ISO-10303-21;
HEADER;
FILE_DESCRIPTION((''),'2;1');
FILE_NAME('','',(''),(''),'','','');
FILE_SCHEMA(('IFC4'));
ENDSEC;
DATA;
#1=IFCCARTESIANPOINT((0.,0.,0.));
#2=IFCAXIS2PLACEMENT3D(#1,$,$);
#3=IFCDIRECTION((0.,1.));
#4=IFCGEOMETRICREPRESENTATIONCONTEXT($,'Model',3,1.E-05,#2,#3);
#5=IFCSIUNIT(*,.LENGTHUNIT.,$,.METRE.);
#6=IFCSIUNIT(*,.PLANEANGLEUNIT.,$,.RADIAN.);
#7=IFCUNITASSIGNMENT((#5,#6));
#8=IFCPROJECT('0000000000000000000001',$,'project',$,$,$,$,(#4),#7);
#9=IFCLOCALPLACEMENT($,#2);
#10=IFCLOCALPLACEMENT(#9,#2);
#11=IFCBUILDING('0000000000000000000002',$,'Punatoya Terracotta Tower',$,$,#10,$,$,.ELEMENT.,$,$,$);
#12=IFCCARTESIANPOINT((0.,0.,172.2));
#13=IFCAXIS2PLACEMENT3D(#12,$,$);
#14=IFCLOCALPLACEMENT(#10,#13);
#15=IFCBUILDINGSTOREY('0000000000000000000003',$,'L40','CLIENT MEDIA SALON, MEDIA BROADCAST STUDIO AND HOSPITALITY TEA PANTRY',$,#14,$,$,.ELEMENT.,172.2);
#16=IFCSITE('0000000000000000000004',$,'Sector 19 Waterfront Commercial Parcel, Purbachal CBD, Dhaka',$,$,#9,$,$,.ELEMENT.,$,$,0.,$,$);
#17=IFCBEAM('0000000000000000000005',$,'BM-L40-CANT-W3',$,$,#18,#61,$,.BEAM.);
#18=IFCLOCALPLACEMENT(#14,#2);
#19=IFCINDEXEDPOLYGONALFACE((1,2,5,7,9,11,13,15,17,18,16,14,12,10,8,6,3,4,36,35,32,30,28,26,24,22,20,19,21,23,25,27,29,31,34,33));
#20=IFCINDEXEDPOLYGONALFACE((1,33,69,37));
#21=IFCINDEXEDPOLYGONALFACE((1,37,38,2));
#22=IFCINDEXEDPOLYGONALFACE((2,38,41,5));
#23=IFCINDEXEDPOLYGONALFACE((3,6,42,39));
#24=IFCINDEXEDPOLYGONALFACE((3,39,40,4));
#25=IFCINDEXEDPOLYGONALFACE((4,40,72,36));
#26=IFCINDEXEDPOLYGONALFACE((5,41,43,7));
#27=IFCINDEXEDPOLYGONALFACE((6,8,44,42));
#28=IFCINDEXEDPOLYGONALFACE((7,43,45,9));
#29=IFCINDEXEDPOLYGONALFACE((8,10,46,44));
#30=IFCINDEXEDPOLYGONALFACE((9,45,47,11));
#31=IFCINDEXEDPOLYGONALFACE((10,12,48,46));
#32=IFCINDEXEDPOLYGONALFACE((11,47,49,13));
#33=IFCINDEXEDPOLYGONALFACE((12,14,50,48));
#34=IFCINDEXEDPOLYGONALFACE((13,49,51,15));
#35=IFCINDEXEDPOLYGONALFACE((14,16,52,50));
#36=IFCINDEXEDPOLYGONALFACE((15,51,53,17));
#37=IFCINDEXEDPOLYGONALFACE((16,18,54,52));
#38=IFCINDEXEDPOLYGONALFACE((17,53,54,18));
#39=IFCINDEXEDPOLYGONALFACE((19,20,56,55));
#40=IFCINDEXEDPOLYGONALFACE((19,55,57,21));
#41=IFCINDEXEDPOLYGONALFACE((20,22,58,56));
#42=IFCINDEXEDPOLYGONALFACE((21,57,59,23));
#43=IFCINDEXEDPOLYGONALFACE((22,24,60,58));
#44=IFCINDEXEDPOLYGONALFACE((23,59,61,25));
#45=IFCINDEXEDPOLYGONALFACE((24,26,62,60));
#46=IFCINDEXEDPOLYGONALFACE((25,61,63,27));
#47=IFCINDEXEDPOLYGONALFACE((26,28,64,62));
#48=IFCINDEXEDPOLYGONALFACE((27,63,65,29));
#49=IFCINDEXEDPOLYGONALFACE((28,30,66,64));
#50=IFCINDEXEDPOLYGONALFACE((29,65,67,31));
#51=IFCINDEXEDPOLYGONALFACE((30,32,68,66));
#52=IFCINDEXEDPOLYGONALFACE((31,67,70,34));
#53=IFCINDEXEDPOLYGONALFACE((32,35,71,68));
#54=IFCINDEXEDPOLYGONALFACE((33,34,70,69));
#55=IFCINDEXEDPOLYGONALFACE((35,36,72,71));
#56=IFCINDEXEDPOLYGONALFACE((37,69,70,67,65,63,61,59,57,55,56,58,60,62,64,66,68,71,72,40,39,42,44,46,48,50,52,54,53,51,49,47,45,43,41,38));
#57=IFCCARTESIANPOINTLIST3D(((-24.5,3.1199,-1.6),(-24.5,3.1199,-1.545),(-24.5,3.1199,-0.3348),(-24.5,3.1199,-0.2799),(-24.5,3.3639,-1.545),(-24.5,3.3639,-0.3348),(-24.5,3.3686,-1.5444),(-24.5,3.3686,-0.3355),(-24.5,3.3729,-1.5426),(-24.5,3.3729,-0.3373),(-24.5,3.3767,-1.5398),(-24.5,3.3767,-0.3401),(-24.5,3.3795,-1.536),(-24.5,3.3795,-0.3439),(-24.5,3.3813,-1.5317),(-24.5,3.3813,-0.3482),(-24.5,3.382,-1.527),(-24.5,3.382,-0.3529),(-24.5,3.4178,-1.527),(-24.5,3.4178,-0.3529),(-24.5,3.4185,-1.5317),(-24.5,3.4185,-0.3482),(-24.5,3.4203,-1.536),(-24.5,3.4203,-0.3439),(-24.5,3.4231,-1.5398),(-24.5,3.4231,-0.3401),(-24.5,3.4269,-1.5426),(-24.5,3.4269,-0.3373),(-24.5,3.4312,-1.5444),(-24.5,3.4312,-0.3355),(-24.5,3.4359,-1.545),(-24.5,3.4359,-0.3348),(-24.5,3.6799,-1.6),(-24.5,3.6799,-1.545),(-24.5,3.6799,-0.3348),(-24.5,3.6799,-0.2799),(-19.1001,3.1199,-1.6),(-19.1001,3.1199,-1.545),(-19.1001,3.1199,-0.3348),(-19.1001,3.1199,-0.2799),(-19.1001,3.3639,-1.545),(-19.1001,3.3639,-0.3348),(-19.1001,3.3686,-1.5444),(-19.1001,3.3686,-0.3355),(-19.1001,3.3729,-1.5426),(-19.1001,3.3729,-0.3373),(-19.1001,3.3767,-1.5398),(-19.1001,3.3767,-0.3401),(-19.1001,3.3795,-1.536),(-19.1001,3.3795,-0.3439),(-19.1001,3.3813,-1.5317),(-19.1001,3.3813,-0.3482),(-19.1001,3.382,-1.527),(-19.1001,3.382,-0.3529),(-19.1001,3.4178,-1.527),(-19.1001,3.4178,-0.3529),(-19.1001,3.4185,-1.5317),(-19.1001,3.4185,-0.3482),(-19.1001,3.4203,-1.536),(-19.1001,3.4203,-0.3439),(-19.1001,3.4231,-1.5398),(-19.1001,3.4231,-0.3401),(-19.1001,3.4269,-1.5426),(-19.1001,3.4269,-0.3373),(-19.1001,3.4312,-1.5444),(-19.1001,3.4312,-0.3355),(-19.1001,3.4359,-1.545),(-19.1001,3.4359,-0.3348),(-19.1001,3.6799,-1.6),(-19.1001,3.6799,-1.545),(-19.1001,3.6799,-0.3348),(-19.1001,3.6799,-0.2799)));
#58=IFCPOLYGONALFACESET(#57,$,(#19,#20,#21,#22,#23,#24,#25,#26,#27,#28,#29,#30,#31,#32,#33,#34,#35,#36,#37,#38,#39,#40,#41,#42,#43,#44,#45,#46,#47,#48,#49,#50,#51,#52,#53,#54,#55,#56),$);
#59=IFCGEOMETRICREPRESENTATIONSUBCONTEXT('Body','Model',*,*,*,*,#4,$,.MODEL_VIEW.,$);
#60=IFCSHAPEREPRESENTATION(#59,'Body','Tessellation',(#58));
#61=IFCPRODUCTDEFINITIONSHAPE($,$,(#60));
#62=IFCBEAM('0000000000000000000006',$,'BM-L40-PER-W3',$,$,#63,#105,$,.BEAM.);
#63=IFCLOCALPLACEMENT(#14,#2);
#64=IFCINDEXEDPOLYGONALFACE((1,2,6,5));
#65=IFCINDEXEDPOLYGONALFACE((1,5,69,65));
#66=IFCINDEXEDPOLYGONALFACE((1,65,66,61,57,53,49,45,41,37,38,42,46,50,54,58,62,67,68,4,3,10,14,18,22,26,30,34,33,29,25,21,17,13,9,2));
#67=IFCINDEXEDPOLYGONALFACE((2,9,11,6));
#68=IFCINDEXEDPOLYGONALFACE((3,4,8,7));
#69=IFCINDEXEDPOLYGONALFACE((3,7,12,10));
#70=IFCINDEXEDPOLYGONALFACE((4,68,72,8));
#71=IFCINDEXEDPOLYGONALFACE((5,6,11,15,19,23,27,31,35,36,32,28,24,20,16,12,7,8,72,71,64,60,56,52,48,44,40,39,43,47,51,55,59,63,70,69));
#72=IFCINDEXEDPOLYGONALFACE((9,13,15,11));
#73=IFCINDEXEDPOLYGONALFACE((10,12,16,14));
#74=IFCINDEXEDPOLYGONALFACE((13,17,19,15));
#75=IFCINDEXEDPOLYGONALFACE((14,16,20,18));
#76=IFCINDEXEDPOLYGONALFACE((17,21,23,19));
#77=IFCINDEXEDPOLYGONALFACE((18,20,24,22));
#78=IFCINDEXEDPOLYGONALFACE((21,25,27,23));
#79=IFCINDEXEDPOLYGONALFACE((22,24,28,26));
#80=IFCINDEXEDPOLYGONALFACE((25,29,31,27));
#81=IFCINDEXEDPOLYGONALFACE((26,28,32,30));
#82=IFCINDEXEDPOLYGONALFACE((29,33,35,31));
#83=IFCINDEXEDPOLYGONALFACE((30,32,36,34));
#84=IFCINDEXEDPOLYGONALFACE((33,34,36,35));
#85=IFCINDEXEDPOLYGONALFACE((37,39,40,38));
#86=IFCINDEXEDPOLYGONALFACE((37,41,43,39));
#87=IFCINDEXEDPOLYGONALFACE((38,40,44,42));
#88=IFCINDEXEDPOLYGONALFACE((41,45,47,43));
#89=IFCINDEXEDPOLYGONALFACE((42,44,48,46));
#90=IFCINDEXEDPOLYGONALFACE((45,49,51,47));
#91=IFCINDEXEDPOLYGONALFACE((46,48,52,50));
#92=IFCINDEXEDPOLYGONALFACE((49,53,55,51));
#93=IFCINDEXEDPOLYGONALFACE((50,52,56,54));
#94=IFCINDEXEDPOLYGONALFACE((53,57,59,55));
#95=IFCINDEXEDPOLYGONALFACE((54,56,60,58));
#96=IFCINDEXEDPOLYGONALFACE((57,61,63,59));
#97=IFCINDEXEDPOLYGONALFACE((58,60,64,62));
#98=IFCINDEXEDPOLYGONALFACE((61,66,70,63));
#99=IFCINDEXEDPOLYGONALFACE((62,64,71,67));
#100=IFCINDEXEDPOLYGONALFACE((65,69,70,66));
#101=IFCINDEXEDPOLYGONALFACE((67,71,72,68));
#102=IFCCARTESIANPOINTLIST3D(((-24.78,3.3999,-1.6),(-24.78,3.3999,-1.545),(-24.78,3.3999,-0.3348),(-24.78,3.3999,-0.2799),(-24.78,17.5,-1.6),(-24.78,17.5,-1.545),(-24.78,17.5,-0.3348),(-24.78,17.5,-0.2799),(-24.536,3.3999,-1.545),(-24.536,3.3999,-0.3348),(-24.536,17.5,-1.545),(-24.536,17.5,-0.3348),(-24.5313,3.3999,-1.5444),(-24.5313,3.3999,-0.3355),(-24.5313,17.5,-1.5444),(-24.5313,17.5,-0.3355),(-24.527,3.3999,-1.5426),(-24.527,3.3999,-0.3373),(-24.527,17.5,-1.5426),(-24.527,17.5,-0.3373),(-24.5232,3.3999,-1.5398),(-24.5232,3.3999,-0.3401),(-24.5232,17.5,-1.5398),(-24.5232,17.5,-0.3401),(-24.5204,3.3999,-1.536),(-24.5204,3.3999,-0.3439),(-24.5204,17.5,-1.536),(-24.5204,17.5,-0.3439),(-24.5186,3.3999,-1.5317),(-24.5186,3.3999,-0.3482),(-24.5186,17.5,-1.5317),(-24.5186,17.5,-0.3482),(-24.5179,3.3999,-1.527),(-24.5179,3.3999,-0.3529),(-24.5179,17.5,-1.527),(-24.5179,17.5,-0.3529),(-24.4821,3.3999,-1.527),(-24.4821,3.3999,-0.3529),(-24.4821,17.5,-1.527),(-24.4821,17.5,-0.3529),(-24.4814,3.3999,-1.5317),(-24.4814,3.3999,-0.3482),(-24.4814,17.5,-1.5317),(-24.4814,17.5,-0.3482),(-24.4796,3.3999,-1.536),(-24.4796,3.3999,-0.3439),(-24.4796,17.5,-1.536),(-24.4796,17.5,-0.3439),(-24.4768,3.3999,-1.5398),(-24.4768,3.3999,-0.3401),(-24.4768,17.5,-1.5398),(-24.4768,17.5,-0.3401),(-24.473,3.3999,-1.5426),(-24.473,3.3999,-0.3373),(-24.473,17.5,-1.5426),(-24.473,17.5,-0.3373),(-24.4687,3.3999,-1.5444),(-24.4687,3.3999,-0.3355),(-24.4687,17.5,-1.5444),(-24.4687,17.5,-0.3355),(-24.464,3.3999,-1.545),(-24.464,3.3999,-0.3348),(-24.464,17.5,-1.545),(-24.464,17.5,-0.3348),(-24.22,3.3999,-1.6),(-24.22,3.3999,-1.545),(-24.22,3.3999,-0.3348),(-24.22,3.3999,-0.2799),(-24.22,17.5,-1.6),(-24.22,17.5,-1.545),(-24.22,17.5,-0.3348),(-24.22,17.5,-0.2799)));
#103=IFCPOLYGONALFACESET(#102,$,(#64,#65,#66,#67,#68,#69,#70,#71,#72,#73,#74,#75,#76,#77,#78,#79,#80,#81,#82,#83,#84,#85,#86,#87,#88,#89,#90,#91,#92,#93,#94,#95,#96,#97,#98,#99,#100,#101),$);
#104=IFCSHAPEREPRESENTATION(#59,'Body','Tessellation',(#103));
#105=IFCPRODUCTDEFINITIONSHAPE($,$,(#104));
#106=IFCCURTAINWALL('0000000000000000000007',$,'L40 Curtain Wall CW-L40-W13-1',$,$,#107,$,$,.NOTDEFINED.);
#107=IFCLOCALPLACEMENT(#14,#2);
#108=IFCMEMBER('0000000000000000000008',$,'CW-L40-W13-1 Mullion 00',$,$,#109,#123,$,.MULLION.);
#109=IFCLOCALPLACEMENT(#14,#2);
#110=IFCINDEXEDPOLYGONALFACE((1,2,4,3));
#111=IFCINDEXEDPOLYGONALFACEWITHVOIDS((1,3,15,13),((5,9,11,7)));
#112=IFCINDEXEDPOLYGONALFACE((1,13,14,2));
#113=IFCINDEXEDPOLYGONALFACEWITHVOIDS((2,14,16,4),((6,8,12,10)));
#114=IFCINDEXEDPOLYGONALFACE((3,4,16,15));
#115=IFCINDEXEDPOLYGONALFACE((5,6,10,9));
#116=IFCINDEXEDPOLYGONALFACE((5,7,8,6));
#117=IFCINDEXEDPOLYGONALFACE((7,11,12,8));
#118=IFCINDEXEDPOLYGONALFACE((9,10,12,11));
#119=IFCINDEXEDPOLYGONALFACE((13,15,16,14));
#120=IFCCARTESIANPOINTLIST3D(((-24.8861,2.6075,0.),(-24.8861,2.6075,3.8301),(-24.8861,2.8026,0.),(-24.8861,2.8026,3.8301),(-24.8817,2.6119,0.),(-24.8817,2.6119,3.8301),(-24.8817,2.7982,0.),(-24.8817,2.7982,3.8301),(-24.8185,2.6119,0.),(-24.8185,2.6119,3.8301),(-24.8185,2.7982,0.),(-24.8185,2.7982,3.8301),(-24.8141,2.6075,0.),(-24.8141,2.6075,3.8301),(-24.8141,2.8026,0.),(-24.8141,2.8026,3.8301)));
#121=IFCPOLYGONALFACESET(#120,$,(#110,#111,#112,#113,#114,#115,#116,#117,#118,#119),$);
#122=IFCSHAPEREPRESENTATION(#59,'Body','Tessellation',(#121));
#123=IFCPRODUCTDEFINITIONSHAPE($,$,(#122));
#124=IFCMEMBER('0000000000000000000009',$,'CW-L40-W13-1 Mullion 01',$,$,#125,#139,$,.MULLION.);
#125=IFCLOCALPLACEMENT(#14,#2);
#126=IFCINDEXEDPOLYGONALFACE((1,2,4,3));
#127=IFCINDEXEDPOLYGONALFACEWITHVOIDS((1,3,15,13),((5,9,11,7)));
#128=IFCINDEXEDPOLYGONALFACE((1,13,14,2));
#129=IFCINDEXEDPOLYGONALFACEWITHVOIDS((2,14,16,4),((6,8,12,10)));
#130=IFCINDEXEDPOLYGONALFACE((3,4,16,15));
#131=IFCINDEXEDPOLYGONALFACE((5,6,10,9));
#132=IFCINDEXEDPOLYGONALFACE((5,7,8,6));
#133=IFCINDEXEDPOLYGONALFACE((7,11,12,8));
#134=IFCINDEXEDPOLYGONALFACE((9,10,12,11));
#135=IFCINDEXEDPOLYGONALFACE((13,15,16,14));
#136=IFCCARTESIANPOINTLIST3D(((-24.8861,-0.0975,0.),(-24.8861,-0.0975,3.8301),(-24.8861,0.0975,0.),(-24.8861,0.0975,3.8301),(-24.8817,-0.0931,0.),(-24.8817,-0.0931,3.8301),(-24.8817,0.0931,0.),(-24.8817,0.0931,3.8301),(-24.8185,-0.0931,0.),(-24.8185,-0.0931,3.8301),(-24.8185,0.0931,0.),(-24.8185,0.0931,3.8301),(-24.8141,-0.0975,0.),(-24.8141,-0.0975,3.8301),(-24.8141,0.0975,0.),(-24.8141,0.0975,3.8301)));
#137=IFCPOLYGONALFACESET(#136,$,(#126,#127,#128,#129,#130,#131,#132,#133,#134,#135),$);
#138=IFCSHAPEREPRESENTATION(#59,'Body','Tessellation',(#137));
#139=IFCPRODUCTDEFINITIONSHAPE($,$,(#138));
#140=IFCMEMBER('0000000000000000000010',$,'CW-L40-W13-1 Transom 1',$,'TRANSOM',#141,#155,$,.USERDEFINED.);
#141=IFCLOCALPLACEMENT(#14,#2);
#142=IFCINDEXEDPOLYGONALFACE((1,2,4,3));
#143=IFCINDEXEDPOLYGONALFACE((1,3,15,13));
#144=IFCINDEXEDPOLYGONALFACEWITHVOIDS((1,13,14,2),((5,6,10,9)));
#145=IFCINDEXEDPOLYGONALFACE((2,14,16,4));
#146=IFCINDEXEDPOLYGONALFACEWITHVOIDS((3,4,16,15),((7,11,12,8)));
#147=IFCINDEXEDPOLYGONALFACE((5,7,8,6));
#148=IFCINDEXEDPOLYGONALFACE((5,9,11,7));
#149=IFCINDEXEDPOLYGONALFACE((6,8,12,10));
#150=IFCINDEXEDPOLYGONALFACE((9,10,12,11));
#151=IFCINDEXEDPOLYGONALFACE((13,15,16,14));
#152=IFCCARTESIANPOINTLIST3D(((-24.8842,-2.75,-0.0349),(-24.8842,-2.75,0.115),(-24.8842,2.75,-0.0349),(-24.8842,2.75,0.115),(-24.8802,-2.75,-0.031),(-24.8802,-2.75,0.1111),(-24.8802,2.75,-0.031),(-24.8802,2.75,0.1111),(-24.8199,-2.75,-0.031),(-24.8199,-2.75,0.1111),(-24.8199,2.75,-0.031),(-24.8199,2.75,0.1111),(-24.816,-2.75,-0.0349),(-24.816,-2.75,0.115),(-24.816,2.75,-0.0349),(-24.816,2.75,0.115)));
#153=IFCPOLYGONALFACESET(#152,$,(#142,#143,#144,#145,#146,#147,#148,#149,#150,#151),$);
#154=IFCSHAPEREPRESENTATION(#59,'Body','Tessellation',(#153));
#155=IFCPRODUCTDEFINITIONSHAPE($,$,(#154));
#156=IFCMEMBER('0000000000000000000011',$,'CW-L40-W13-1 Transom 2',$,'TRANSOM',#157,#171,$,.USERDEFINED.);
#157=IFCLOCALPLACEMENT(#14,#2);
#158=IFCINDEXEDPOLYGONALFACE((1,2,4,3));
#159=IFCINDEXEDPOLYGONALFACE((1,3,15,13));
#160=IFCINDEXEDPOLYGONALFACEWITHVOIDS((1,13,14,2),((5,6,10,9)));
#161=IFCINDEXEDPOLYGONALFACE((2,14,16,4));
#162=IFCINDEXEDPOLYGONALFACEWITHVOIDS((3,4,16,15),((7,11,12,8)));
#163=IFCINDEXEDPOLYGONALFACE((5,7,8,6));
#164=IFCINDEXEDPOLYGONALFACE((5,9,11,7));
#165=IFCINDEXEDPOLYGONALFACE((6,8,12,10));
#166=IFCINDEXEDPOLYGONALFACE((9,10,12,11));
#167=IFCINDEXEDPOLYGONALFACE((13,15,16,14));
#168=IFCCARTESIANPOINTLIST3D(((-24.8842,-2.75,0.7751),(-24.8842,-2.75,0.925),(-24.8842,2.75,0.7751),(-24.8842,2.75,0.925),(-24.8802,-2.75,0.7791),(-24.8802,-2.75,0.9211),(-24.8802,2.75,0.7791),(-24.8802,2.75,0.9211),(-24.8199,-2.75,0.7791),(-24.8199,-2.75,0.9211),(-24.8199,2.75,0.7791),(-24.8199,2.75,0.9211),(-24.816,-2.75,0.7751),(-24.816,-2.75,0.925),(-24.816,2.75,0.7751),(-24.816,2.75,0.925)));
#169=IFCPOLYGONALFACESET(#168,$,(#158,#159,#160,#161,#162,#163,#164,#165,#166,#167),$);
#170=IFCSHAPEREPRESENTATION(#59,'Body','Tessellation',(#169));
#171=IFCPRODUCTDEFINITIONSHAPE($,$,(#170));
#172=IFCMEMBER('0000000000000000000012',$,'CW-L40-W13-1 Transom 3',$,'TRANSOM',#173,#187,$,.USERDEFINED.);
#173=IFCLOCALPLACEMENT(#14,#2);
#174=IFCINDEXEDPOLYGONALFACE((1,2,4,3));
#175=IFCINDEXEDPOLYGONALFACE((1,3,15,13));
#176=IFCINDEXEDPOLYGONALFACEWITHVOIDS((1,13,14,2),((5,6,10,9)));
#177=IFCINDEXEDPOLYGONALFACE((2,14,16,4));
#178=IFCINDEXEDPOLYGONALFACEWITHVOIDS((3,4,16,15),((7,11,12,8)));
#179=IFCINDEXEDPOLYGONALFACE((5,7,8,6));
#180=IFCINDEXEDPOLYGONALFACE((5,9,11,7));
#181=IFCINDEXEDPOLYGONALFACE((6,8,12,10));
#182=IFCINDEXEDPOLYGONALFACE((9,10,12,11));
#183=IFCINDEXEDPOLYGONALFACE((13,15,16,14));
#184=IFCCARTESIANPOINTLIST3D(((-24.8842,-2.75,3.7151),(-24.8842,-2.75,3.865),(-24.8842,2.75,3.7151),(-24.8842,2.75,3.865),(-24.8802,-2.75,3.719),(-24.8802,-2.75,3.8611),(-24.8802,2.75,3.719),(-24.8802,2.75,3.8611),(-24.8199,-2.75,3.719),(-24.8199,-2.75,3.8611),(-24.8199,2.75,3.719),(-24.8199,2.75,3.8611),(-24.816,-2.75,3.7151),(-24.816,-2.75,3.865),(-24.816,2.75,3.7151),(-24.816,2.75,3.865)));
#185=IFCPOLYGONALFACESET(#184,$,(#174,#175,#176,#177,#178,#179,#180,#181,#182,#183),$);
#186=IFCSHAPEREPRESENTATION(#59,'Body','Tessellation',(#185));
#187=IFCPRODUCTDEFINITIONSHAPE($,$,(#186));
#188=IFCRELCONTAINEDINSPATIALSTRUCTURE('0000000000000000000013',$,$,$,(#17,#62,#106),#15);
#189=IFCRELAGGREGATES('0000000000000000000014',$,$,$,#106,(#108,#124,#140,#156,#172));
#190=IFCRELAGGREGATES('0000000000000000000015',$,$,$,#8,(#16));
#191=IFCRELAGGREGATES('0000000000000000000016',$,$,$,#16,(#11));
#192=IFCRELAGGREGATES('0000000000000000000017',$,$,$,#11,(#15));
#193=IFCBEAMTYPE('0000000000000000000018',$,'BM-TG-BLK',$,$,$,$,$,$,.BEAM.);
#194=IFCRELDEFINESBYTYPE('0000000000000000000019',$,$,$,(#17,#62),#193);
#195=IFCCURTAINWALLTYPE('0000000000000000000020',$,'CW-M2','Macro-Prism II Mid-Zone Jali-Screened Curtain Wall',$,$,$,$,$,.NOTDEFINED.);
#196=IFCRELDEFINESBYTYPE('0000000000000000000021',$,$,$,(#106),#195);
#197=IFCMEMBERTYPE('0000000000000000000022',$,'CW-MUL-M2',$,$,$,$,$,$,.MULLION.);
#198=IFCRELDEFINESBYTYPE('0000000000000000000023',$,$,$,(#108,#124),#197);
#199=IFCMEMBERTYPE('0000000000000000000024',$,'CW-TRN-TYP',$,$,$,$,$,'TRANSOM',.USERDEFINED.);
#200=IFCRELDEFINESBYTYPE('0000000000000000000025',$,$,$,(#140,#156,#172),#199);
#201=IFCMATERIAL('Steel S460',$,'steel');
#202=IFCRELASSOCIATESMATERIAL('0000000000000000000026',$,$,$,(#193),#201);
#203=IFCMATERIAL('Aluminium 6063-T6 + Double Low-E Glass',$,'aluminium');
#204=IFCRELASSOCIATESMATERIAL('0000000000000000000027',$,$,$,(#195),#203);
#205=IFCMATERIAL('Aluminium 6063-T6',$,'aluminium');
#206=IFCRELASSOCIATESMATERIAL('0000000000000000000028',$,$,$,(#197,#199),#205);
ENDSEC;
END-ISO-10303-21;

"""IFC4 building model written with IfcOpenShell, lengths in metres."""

from ifc_helpers import new_model, si_unit, direction, frame, origin, origin_2d, place, context, subcontext, project, spatial, hollow_rectangle, i_section, extrude, material, material_profile, profile_set, type_object, element, aggregate, save


model = new_model("IFC4")

# Units and contexts
model_context = context("Model", 3, precision=1e-05, world=origin(), true_north=direction((0.0, 1.0)))
body_context = subcontext(model_context, "Body", "Model", "MODEL_VIEW")
ifc_project = project(units=[si_unit("LENGTHUNIT", "METRE"), si_unit("PLANEANGLEUNIT", "RADIAN")], contexts=[model_context])

# Site, building, storey
site_placement = place(None, origin())
site = spatial("IfcSite", under=ifc_project, at=site_placement, Name="Sector 19 Waterfront Commercial Parcel, Purbachal CBD, Dhaka", CompositionType="ELEMENT", RefElevation=0.0)
building_placement = place(site_placement, origin())
building = spatial("IfcBuilding", under=site, at=building_placement, Name="Punatoya Terracotta Tower", CompositionType="ELEMENT")
storey_placement = place(building_placement, frame((0.0, 0.0, 172.2)))
storey = spatial("IfcBuildingStorey", under=building, at=storey_placement, Name="L40", Description="CLIENT MEDIA SALON, MEDIA BROADCAST STUDIO AND HOSPITALITY TEA PANTRY", CompositionType="ELEMENT", Elevation=172.2)

# Shared definitions
ifc_material_1 = material(Name="Steel S460", Category="steel")

# Beams
ifc_material_profile_1 = material_profile(ifc_material_1, i_section(OverallWidth=0.5601, OverallDepth=1.3201, WebThickness=0.0359, FlangeThickness=0.0549, FilletRadius=0.0181, at=origin_2d()))
ifc_profile_set_1 = profile_set([ifc_material_profile_1], Name="Steel S460")
beam_type = type_object("IfcBeamType", Name="BM-TG-BLK", PredefinedType="BEAM", material=ifc_profile_set_1)
beam_1_placement = place(storey_placement, frame((-24.5, 3.3999, -0.9399), z_axis=(1.0, 0.0, 0.0), x_axis=(0.0, 1.0, 0.0)))
element("IfcBeam", 1, at=beam_1_placement, inside=storey, type_object=beam_type, Name="BM-L40-CANT-W3", PredefinedType="BEAM", context=body_context, shape_type="SweptSolid", body=[
    extrude(i_section(OverallWidth=0.5601, OverallDepth=1.3201, WebThickness=0.0359, FlangeThickness=0.0549, FilletRadius=0.0181, at=origin_2d()), origin(), (0.0, 0.0, 1.0), 5.3999),
])
beam_2_placement = place(storey_placement, frame((-24.5, 3.3999, -0.9399), z_axis=(0.0, 1.0, 0.0), x_axis=(-1.0, 0.0, 0.0)))
element("IfcBeam", 2, at=beam_2_placement, inside=storey, type_object=beam_type, Name="BM-L40-PER-W3", PredefinedType="BEAM", context=body_context, shape_type="SweptSolid", body=[
    extrude(i_section(OverallWidth=0.5601, OverallDepth=1.3201, WebThickness=0.0359, FlangeThickness=0.0549, FilletRadius=0.0181, at=origin_2d()), origin(), (0.0, 0.0, 1.0), 14.1001),
])

# Curtain wall, members
ifc_material_2 = material(Name="Aluminium 6063-T6 + Double Low-E Glass", Category="aluminium")
curtain_wall_type = type_object("IfcCurtainWallType", Name="CW-M2", Description="Macro-Prism II Mid-Zone Jali-Screened Curtain Wall", PredefinedType="NOTDEFINED", material=ifc_material_2)
curtain_wall_placement = place(storey_placement, origin())
curtain_wall = element("IfcCurtainWall", 3, at=curtain_wall_placement, inside=storey, type_object=curtain_wall_type, Name="L40 Curtain Wall CW-L40-W13-1", PredefinedType="NOTDEFINED")
ifc_material_3 = material(Name="Aluminium 6063-T6", Category="aluminium")
ifc_material_profile_2 = material_profile(ifc_material_3, hollow_rectangle(XDim=0.072, YDim=0.1951, WallThickness=0.0044, at=origin_2d()))
ifc_profile_set_2 = profile_set([ifc_material_profile_2], Name="Aluminium 6063-T6")
member_type_1 = type_object("IfcMemberType", Name="CW-MUL-M2", PredefinedType="MULLION", material=ifc_profile_set_2)
member_1_placement = place(storey_placement, frame((-24.8501, 2.7051, 0.0), z_axis=(0.0, 0.0, 1.0), x_axis=(1.0, 0.0, 0.0)))
member_1 = element("IfcMember", 4, at=member_1_placement, type_object=member_type_1, Name="CW-L40-W13-1 Mullion 00", PredefinedType="MULLION", context=body_context, shape_type="SweptSolid", body=[
    extrude(hollow_rectangle(XDim=0.072, YDim=0.1951, WallThickness=0.0044, at=origin_2d()), origin(), (0.0, 0.0, 1.0), 3.8301),
])
member_2_placement = place(storey_placement, frame((-24.8501, 0.0, 0.0), z_axis=(0.0, 0.0, 1.0), x_axis=(1.0, 0.0, 0.0)))
member_2 = element("IfcMember", 5, at=member_2_placement, type_object=member_type_1, Name="CW-L40-W13-1 Mullion 01", PredefinedType="MULLION", context=body_context, shape_type="SweptSolid", body=[
    extrude(hollow_rectangle(XDim=0.072, YDim=0.1951, WallThickness=0.0044, at=origin_2d()), origin(), (0.0, 0.0, 1.0), 3.8301),
])
ifc_material_profile_3 = material_profile(ifc_material_3, hollow_rectangle(XDim=0.0681, YDim=0.1499, WallThickness=0.0039, at=origin_2d()))
ifc_profile_set_3 = profile_set([ifc_material_profile_3], Name="Aluminium 6063-T6")
member_type_2 = type_object("IfcMemberType", Name="CW-TRN-TYP", ElementType="TRANSOM", PredefinedType="USERDEFINED", material=ifc_profile_set_3)
member_3_placement = place(storey_placement, frame((-24.8501, 2.75, 0.04), z_axis=(0.0, -1.0, 0.0), x_axis=(1.0, 0.0, 0.0)))
member_3 = element("IfcMember", 6, at=member_3_placement, type_object=member_type_2, Name="CW-L40-W13-1 Transom 1", ObjectType="TRANSOM", PredefinedType="USERDEFINED", context=body_context, shape_type="SweptSolid", body=[
    extrude(hollow_rectangle(XDim=0.0681, YDim=0.1499, WallThickness=0.0039, at=origin_2d()), origin(), (0.0, 0.0, 1.0), 5.5),
])
member_4_placement = place(storey_placement, frame((-24.8501, 2.75, 0.8501), z_axis=(0.0, -1.0, 0.0), x_axis=(1.0, 0.0, 0.0)))
member_4 = element("IfcMember", 7, at=member_4_placement, type_object=member_type_2, Name="CW-L40-W13-1 Transom 2", ObjectType="TRANSOM", PredefinedType="USERDEFINED", context=body_context, shape_type="SweptSolid", body=[
    extrude(hollow_rectangle(XDim=0.0681, YDim=0.1499, WallThickness=0.0039, at=origin_2d()), origin(), (0.0, 0.0, 1.0), 5.5),
])
member_5_placement = place(storey_placement, frame((-24.8501, 2.75, 3.79), z_axis=(0.0, -1.0, 0.0), x_axis=(1.0, 0.0, 0.0)))
member_5 = element("IfcMember", 8, at=member_5_placement, type_object=member_type_2, Name="CW-L40-W13-1 Transom 3", ObjectType="TRANSOM", PredefinedType="USERDEFINED", context=body_context, shape_type="SweptSolid", body=[
    extrude(hollow_rectangle(XDim=0.0681, YDim=0.1499, WallThickness=0.0039, at=origin_2d()), origin(), (0.0, 0.0, 1.0), 5.5),
])

aggregate(curtain_wall, [member_1, member_2, member_3, member_4, member_5])

save(model, "model.ifc")
